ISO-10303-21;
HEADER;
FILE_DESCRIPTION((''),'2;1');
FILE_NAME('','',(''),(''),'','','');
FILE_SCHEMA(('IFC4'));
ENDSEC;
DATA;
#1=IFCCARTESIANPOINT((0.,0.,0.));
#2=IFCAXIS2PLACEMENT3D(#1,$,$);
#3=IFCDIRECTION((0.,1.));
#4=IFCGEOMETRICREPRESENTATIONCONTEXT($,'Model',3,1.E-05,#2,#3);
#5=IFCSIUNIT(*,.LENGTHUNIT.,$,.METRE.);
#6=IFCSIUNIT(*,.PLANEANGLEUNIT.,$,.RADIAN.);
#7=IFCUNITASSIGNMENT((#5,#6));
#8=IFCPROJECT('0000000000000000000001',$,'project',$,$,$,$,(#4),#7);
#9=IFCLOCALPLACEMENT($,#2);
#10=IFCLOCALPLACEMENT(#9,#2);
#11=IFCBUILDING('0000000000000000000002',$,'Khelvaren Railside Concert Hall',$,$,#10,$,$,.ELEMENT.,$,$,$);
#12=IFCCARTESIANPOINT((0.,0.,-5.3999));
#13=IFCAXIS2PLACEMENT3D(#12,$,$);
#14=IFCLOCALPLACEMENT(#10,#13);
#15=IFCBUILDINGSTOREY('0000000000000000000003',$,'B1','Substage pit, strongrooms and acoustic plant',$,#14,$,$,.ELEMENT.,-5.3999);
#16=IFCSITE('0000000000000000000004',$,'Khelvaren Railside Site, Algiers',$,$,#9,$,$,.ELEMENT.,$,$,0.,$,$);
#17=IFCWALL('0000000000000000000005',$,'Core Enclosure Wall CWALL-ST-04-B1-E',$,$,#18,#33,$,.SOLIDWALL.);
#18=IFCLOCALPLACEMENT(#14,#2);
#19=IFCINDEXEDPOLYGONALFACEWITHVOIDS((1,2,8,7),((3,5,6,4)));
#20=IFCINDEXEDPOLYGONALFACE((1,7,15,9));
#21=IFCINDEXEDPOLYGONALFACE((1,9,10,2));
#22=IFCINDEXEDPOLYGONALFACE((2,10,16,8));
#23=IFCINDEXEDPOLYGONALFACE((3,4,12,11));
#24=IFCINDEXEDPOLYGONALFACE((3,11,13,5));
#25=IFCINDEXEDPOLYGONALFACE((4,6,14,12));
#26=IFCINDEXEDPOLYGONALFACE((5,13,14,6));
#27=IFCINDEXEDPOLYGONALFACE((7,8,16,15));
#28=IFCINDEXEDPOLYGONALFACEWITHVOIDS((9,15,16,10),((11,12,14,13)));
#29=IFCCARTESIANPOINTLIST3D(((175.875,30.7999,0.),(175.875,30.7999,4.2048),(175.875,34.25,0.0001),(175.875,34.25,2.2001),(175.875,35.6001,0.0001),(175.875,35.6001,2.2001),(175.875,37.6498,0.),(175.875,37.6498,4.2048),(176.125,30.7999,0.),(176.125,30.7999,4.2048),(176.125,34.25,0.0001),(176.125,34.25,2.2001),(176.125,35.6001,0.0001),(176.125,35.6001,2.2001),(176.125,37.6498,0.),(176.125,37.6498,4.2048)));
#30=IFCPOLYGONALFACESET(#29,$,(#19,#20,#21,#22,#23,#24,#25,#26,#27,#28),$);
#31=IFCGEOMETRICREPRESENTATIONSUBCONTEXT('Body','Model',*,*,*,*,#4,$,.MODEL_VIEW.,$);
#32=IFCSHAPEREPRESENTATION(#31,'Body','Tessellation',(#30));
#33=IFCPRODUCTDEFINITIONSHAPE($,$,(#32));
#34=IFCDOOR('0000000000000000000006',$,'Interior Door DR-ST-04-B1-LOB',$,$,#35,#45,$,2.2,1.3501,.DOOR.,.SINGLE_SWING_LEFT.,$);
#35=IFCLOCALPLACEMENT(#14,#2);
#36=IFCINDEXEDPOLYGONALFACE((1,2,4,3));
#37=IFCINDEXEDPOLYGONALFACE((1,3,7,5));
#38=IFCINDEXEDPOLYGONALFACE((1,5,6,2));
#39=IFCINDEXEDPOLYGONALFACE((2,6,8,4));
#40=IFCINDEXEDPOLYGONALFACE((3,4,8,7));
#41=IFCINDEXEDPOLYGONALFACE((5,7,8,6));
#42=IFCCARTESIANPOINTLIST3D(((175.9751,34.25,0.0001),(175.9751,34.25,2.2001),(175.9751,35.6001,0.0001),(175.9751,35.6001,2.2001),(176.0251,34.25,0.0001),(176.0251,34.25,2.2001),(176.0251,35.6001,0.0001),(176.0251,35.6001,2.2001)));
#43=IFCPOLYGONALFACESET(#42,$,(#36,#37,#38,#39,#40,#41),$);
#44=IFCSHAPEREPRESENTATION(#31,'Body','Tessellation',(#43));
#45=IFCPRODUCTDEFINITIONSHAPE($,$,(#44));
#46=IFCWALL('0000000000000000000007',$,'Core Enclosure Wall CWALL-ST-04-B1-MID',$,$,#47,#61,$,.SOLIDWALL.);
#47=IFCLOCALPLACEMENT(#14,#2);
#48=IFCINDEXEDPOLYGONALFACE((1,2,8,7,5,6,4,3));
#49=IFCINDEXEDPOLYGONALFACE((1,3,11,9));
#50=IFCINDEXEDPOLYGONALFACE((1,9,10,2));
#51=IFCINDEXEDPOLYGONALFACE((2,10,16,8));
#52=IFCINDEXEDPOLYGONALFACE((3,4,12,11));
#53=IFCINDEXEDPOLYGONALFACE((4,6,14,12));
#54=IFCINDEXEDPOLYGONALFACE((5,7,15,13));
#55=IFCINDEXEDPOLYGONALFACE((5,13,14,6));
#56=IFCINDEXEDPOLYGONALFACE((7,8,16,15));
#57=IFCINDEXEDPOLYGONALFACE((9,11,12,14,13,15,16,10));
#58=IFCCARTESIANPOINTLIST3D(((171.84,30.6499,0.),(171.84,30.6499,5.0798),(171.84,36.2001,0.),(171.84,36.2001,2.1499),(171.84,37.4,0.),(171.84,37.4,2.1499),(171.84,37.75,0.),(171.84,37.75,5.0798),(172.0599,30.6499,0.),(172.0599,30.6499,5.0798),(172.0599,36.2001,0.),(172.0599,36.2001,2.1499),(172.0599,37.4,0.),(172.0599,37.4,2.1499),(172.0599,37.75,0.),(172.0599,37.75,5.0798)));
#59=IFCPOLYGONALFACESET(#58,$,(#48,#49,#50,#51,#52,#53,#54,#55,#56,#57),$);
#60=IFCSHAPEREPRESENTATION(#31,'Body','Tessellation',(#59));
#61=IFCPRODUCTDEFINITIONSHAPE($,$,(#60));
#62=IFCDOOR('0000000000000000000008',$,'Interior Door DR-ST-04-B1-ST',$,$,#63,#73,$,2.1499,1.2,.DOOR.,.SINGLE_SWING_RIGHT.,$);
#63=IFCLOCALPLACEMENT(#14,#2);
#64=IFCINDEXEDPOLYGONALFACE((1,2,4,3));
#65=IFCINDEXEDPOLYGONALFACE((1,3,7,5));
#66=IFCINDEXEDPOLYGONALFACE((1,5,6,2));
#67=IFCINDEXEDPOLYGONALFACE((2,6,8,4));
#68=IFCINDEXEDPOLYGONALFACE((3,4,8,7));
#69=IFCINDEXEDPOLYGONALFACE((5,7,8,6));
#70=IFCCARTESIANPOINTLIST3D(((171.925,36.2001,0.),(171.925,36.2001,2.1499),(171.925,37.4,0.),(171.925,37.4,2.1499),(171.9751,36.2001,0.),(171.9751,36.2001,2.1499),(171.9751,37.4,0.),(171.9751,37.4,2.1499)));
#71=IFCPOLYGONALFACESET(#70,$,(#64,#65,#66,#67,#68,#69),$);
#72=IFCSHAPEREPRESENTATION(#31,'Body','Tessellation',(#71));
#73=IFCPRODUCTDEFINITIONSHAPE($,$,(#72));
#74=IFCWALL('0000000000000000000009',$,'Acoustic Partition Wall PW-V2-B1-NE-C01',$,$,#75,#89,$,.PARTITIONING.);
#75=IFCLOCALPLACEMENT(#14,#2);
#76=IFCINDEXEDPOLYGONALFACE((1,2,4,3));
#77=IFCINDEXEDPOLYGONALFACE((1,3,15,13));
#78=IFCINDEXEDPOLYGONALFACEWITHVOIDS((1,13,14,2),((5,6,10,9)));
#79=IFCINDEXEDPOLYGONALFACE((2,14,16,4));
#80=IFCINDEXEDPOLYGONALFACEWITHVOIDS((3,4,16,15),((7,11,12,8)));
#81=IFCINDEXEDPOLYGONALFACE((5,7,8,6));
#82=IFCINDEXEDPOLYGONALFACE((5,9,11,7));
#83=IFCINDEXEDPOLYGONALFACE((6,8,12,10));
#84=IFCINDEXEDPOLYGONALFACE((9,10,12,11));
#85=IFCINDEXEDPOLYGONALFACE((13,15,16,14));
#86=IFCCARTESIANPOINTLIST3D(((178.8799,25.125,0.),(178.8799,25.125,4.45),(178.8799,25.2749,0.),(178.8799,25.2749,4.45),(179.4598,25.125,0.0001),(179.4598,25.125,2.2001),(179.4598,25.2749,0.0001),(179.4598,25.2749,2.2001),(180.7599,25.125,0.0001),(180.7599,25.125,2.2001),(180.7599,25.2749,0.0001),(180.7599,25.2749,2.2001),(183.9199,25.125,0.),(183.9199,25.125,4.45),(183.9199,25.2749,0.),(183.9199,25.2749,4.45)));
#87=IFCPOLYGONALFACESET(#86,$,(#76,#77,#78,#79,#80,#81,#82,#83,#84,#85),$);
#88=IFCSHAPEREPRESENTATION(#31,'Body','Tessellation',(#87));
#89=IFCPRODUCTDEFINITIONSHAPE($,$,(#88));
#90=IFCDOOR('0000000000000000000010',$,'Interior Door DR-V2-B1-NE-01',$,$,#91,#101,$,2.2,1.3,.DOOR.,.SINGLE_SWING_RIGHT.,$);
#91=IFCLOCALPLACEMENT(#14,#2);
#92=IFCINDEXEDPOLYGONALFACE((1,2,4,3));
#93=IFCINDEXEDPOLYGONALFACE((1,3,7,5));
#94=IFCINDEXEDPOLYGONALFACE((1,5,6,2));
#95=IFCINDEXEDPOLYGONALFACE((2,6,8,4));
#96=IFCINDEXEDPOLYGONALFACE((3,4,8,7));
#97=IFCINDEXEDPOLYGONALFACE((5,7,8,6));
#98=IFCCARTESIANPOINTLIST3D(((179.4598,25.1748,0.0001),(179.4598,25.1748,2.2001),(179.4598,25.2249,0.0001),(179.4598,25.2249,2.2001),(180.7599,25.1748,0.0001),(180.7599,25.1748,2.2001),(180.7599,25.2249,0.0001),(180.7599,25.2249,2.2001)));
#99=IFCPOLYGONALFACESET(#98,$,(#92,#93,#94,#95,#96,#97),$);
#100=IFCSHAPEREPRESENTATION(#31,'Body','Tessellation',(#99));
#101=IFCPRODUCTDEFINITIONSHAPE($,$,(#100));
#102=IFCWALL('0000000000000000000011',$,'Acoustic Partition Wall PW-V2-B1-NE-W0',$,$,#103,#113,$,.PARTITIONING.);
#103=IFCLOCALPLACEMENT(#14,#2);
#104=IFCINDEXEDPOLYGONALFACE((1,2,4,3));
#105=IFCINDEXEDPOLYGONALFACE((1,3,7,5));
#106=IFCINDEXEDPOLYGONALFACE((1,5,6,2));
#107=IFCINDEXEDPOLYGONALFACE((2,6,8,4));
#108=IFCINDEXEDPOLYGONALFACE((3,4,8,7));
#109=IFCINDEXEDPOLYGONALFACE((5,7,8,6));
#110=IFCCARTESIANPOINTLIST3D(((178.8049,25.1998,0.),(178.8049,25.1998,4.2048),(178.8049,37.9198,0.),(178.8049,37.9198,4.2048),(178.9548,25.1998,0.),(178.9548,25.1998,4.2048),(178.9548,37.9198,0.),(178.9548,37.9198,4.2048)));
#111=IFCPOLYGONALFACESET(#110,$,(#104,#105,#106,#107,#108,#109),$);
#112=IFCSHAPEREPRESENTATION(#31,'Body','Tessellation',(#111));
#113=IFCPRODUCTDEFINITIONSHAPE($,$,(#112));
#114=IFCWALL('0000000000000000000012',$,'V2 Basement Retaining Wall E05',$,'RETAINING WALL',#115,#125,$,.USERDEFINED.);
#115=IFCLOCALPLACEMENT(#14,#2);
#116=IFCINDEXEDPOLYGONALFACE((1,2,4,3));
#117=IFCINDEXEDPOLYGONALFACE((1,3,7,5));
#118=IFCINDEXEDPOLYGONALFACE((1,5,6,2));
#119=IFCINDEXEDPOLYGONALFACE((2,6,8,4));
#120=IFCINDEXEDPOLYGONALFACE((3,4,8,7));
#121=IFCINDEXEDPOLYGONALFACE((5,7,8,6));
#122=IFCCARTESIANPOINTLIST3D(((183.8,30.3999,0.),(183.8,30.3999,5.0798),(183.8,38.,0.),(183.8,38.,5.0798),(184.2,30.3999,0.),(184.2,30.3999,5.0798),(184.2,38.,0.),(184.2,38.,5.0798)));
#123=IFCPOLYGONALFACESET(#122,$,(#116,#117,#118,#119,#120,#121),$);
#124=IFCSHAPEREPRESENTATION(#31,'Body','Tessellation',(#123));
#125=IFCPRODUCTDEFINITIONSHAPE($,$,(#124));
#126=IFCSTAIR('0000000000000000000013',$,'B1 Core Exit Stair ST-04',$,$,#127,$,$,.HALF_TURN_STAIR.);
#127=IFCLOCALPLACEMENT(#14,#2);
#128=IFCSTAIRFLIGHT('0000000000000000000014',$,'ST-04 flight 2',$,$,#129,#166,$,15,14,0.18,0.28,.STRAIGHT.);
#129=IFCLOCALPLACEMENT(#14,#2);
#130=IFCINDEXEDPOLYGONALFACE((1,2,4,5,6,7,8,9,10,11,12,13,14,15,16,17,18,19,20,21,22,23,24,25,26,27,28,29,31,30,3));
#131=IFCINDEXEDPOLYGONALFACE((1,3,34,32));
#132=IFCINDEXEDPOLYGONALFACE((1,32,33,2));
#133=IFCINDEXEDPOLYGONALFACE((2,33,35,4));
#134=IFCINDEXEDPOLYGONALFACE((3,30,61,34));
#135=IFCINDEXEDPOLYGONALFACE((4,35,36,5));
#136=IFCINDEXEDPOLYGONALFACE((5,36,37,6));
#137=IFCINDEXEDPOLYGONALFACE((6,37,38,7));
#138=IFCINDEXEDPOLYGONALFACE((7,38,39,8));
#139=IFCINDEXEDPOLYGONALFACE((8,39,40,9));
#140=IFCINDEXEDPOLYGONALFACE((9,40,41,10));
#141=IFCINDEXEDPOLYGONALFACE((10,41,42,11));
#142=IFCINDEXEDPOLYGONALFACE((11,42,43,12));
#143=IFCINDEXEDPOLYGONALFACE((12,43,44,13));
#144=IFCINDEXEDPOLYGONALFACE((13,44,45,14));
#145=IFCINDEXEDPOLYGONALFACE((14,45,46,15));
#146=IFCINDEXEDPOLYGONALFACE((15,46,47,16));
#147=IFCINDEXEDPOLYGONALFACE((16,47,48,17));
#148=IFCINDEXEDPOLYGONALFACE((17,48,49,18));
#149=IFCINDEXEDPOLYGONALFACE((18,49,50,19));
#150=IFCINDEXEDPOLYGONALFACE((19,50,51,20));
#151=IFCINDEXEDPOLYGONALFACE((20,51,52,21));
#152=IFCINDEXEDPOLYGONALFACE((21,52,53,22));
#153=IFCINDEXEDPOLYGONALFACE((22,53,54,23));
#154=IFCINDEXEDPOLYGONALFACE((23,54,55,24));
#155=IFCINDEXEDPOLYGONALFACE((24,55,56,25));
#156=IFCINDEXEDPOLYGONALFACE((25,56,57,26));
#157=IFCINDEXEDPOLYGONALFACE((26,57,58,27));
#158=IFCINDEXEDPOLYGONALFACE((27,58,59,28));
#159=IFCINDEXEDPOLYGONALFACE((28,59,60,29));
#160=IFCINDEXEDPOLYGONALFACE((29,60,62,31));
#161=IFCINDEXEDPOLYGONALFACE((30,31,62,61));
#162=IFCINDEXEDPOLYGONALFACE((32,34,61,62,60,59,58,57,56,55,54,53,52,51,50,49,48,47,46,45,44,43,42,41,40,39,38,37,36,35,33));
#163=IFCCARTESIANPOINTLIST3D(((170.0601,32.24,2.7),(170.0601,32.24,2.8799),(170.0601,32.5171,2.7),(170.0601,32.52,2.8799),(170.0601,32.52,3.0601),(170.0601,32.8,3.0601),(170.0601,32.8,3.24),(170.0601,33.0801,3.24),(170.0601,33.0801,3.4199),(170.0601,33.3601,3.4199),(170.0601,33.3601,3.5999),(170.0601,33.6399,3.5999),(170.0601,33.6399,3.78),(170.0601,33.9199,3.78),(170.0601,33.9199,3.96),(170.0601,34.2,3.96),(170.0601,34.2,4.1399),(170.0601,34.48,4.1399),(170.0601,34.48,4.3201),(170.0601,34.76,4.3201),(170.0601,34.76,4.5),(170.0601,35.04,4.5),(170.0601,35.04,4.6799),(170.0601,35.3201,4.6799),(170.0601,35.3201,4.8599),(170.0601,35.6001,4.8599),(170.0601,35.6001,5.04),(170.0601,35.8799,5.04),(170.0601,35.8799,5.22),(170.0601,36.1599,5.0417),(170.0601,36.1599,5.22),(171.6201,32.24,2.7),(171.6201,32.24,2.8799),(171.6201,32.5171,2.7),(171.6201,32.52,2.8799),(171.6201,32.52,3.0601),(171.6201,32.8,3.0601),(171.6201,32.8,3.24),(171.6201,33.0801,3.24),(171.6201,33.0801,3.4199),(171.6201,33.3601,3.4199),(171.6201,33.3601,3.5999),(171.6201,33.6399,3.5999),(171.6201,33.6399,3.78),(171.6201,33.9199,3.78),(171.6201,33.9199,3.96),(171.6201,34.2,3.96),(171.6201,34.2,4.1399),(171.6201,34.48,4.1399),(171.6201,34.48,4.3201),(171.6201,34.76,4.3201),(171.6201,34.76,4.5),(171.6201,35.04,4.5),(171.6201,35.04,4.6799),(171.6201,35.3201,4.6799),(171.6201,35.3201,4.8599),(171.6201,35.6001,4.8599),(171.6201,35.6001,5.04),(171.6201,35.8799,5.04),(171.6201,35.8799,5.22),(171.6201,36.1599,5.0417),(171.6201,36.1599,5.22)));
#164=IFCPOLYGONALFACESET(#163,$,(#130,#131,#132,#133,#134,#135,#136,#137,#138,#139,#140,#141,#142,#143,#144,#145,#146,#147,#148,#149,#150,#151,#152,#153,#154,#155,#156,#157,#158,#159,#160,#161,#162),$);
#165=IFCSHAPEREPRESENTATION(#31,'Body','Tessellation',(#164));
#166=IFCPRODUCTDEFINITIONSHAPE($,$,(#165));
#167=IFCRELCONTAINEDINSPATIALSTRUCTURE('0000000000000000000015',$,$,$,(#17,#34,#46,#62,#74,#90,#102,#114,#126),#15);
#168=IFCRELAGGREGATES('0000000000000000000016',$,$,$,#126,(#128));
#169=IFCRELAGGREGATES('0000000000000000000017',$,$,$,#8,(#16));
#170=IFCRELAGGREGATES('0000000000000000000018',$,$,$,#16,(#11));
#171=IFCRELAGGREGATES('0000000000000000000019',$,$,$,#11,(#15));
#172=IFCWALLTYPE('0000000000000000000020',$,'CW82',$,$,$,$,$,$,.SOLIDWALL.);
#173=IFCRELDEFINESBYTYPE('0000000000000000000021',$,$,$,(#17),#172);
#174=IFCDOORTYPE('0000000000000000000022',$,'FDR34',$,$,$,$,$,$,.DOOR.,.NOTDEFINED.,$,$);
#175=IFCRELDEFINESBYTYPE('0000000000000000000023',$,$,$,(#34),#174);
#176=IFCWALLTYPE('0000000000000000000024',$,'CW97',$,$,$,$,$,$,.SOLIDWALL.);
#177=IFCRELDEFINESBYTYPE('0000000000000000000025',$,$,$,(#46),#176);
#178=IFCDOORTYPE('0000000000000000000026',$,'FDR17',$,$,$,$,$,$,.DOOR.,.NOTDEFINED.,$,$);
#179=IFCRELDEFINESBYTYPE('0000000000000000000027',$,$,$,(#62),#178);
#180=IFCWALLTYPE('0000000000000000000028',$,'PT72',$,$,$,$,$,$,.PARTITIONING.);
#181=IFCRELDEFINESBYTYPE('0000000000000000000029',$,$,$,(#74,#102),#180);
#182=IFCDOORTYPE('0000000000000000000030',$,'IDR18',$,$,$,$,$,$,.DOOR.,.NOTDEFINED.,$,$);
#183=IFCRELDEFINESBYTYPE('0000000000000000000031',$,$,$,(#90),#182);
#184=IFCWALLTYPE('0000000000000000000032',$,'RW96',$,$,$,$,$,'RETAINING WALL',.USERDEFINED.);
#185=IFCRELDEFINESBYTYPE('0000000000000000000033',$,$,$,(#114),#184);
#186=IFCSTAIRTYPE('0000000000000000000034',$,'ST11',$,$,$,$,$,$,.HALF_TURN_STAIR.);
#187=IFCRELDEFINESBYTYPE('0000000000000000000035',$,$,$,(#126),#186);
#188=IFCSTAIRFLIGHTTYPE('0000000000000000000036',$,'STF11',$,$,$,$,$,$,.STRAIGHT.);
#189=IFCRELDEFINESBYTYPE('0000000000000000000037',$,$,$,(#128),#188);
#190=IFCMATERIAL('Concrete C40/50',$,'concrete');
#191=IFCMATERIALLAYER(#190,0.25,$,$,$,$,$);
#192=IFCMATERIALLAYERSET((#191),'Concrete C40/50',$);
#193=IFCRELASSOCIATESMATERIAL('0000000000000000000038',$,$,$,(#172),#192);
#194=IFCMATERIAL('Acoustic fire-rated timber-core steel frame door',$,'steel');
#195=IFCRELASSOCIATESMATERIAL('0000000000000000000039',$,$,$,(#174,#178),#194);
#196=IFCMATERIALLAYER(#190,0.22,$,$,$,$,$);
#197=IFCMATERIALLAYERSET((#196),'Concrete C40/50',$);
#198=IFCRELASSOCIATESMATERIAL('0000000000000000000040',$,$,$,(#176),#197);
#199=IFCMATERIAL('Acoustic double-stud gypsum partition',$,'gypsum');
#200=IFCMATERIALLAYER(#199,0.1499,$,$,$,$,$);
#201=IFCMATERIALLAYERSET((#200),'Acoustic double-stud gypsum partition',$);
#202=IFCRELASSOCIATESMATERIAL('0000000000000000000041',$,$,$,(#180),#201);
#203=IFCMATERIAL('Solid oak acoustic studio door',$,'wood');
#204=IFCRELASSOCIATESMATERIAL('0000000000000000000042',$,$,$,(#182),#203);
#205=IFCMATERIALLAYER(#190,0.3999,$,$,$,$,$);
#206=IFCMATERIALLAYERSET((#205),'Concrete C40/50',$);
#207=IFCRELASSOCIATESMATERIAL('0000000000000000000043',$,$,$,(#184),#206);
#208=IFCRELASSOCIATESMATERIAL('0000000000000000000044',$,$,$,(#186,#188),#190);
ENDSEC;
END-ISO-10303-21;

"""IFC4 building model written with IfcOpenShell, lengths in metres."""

from ifc_helpers import new_model, si_unit, direction, frame, frame_2d, origin, place, context, subcontext, project, spatial, polyline, rectangle, outline, extrude, material, layer, layer_set, type_object, element, fill, aggregate, save


model = new_model("IFC4")

# Units and contexts
model_context = context("Model", 3, precision=1e-05, world=origin(), true_north=direction((0.0, 1.0)))
body_context = subcontext(model_context, "Body", "Model", "MODEL_VIEW")
ifc_project = project(units=[si_unit("LENGTHUNIT", "METRE"), si_unit("PLANEANGLEUNIT", "RADIAN")], contexts=[model_context])

# Site, building, storey
site_placement = place(None, origin())
site = spatial("IfcSite", under=ifc_project, at=site_placement, Name="Khelvaren Railside Site, Algiers", CompositionType="ELEMENT", RefElevation=0.0)
building_placement = place(site_placement, origin())
building = spatial("IfcBuilding", under=site, at=building_placement, Name="Khelvaren Railside Concert Hall", CompositionType="ELEMENT")
storey_placement = place(building_placement, frame((0.0, 0.0, -5.3999)))
storey = spatial("IfcBuildingStorey", under=building, at=storey_placement, Name="B1", Description="Substage pit, strongrooms and acoustic plant", CompositionType="ELEMENT", Elevation=-5.3999)

# Walls, openings, doors
ifc_material_1 = material(Name="Concrete C40/50", Category="concrete")
ifc_layer_1 = layer(ifc_material_1, 0.25)
ifc_layer_set_1 = layer_set([ifc_layer_1], Name="Concrete C40/50")
wall_type_1 = type_object("IfcWallType", Name="CW82", PredefinedType="SOLIDWALL", material=ifc_layer_set_1)
wall_1_placement = place(storey_placement, frame((176.0, 30.8, 0.0), z_axis=(0.0, 0.0, 1.0), x_axis=(0.0, 1.0, 0.0)))
wall_1 = element("IfcWall", 1, at=wall_1_placement, inside=storey, type_object=wall_type_1, Name="Core Enclosure Wall CWALL-ST-04-B1-E", PredefinedType="SOLIDWALL", context=body_context, shape_type="SweptSolid", body=[
    extrude(rectangle(XDim=6.8499, YDim=0.25, at=frame_2d((3.4248, 0.0))), origin(), (0.0, 0.0, 1.0), 4.2048),
])
opening_1_placement = place(wall_1_placement, frame((3.45, 0.0, 0.0)))
opening_1 = element("IfcOpeningElement", 2, at=opening_1_placement, cuts=wall_1, PredefinedType="OPENING", context=body_context, shape_type="SweptSolid", body=[
    extrude(rectangle(XDim=1.3501, YDim=2.2, at=frame_2d((0.675, 1.1001))), frame((0.0, 0.135, 0.0), z_axis=(0.0, -1.0, 0.0), x_axis=(1.0, 0.0, 0.0)), (0.0, 0.0, 1.0), 0.27),
])
ifc_material_2 = material(Name="Acoustic fire-rated timber-core steel frame door", Category="steel")
door_type_1 = type_object("IfcDoorType", Name="FDR34", OperationType="NOTDEFINED", PredefinedType="DOOR", material=ifc_material_2)
door_1_placement = place(opening_1_placement, origin())
door_1 = element("IfcDoor", 3, at=door_1_placement, inside=storey, type_object=door_type_1, Name="Interior Door DR-ST-04-B1-LOB", OperationType="SINGLE_SWING_LEFT", OverallHeight=2.2, OverallWidth=1.3501, PredefinedType="DOOR", context=body_context, shape_type="SweptSolid", body=[
    extrude(rectangle(XDim=1.3501, YDim=2.2, at=frame_2d((0.675, 1.1001))), frame((0.0, 0.0249, 0.0), z_axis=(0.0, -1.0, 0.0), x_axis=(1.0, 0.0, 0.0)), (0.0, 0.0, 1.0), 0.05),
])
fill(opening_1, door_1)
ifc_layer_2 = layer(ifc_material_1, 0.22)
ifc_layer_set_2 = layer_set([ifc_layer_2], Name="Concrete C40/50")
wall_type_2 = type_object("IfcWallType", Name="CW97", PredefinedType="SOLIDWALL", material=ifc_layer_set_2)
wall_2_placement = place(storey_placement, frame((171.95, 30.6499, 0.0), z_axis=(0.0, 0.0, 1.0), x_axis=(0.0, 1.0, 0.0)))
wall_2 = element("IfcWall", 4, at=wall_2_placement, inside=storey, type_object=wall_type_2, Name="Core Enclosure Wall CWALL-ST-04-B1-MID", PredefinedType="SOLIDWALL", context=body_context, shape_type="SweptSolid", body=[
    extrude(rectangle(XDim=7.1001, YDim=0.22, at=frame_2d((3.55, 0.0))), origin(), (0.0, 0.0, 1.0), 5.0798),
])
opening_2_placement = place(wall_2_placement, frame((5.55, 0.0, 0.0)))
opening_2 = element("IfcOpeningElement", 5, at=opening_2_placement, cuts=wall_2, PredefinedType="OPENING", context=body_context, shape_type="SweptSolid", body=[
    extrude(rectangle(XDim=1.2, YDim=2.1499, at=frame_2d((0.6001, 1.075))), frame((0.0, 0.1199, 0.0), z_axis=(0.0, -1.0, 0.0), x_axis=(1.0, 0.0, 0.0)), (0.0, 0.0, 1.0), 0.24),
])
door_type_2 = type_object("IfcDoorType", Name="FDR17", OperationType="NOTDEFINED", PredefinedType="DOOR", material=ifc_material_2)
door_2_placement = place(opening_2_placement, origin())
door_2 = element("IfcDoor", 6, at=door_2_placement, inside=storey, type_object=door_type_2, Name="Interior Door DR-ST-04-B1-ST", OperationType="SINGLE_SWING_RIGHT", OverallHeight=2.1499, OverallWidth=1.2, PredefinedType="DOOR", context=body_context, shape_type="SweptSolid", body=[
    extrude(rectangle(XDim=1.2, YDim=2.1499, at=frame_2d((0.6001, 1.075))), frame((0.0, 0.0249, 0.0), z_axis=(0.0, -1.0, 0.0), x_axis=(1.0, 0.0, 0.0)), (0.0, 0.0, 1.0), 0.05),
])
fill(opening_2, door_2)
ifc_material_3 = material(Name="Acoustic double-stud gypsum partition", Category="gypsum")
ifc_layer_3 = layer(ifc_material_3, 0.1499)
ifc_layer_set_3 = layer_set([ifc_layer_3], Name="Acoustic double-stud gypsum partition")
wall_type_3 = type_object("IfcWallType", Name="PT72", PredefinedType="PARTITIONING", material=ifc_layer_set_3)
wall_3_placement = place(storey_placement, frame((178.8799, 25.2, 0.0), z_axis=(0.0, 0.0, 1.0), x_axis=(1.0, 0.0, 0.0)))
wall_3 = element("IfcWall", 7, at=wall_3_placement, inside=storey, type_object=wall_type_3, Name="Acoustic Partition Wall PW-V2-B1-NE-C01", PredefinedType="PARTITIONING", context=body_context, shape_type="SweptSolid", body=[
    extrude(rectangle(XDim=5.04, YDim=0.1499, at=frame_2d((2.52, 0.0))), origin(), (0.0, 0.0, 1.0), 4.45),
])
opening_3_placement = place(wall_3_placement, frame((0.5801, 0.0, 0.0)))
opening_3 = element("IfcOpeningElement", 8, at=opening_3_placement, cuts=wall_3, PredefinedType="OPENING", context=body_context, shape_type="SweptSolid", body=[
    extrude(rectangle(XDim=1.3, YDim=2.2, at=frame_2d((0.6499, 1.1001))), frame((0.0, 0.085, 0.0), z_axis=(0.0, -1.0, 0.0), x_axis=(1.0, 0.0, 0.0)), (0.0, 0.0, 1.0), 0.1699),
])
ifc_material_4 = material(Name="Solid oak acoustic studio door", Category="wood")
door_type_3 = type_object("IfcDoorType", Name="IDR18", OperationType="NOTDEFINED", PredefinedType="DOOR", material=ifc_material_4)
door_3_placement = place(opening_3_placement, origin())
door_3 = element("IfcDoor", 9, at=door_3_placement, inside=storey, type_object=door_type_3, Name="Interior Door DR-V2-B1-NE-01", OperationType="SINGLE_SWING_RIGHT", OverallHeight=2.2, OverallWidth=1.3, PredefinedType="DOOR", context=body_context, shape_type="SweptSolid", body=[
    extrude(rectangle(XDim=1.3, YDim=2.2, at=frame_2d((0.6499, 1.1001))), frame((0.0, 0.0249, 0.0), z_axis=(0.0, -1.0, 0.0), x_axis=(1.0, 0.0, 0.0)), (0.0, 0.0, 1.0), 0.05),
])
fill(opening_3, door_3)

# Walls
wall_4_placement = place(storey_placement, frame((178.8799, 25.2, 0.0), z_axis=(0.0, 0.0, 1.0), x_axis=(0.0, 1.0, 0.0)))
element("IfcWall", 10, at=wall_4_placement, inside=storey, type_object=wall_type_3, Name="Acoustic Partition Wall PW-V2-B1-NE-W0", PredefinedType="PARTITIONING", context=body_context, shape_type="SweptSolid", body=[
    extrude(rectangle(XDim=12.72, YDim=0.1499, at=frame_2d((6.3599, 0.0))), origin(), (0.0, 0.0, 1.0), 4.2048),
])
ifc_layer_4 = layer(ifc_material_1, 0.3999)
ifc_layer_set_4 = layer_set([ifc_layer_4], Name="Concrete C40/50")
wall_type_4 = type_object("IfcWallType", Name="RW96", ElementType="RETAINING WALL", PredefinedType="USERDEFINED", material=ifc_layer_set_4)
wall_5_placement = place(storey_placement, frame((184.0, 30.3999, 0.0), z_axis=(0.0, 0.0, 1.0), x_axis=(0.0, 1.0, 0.0)))
element("IfcWall", 11, at=wall_5_placement, inside=storey, type_object=wall_type_4, Name="V2 Basement Retaining Wall E05", ObjectType="RETAINING WALL", PredefinedType="USERDEFINED", context=body_context, shape_type="SweptSolid", body=[
    extrude(rectangle(XDim=7.6001, YDim=0.3999, at=frame_2d((3.8, 0.0))), origin(), (0.0, 0.0, 1.0), 5.0798),
])

# Stair, stair flight
stair_type = type_object("IfcStairType", Name="ST11", PredefinedType="HALF_TURN_STAIR", material=ifc_material_1)
stair_placement = place(storey_placement, origin())
stair = element("IfcStair", 12, at=stair_placement, inside=storey, type_object=stair_type, Name="B1 Core Exit Stair ST-04", PredefinedType="HALF_TURN_STAIR")
stair_flight_type = type_object("IfcStairFlightType", Name="STF11", PredefinedType="STRAIGHT", material=ifc_material_1)
stair_flight_placement = place(storey_placement, frame((170.8401, 32.24, 2.7), z_axis=(0.0, 0.0, 1.0), x_axis=(0.0, 1.0, 0.0)))
stair_flight = element("IfcStairFlight", 13, at=stair_flight_placement, type_object=stair_flight_type, Name="ST-04 flight 2", NumberOfRisers=15, NumberOfTreads=14, PredefinedType="STRAIGHT", RiserHeight=0.18, TreadLength=0.28, context=body_context, shape_type="SweptSolid", body=[
    extrude(outline(polyline([(0.0, 0.0), (0.0, 0.1799), (0.28, 0.1799), (0.28, 0.3601), (0.5601, 0.3601), (0.5601, 0.54), (0.8401, 0.54), (0.8401, 0.72), (1.1201, 0.72), (1.1201, 0.8999), (1.3999, 0.8999), (1.3999, 1.0801), (1.6799, 1.0801), (1.6799, 1.26), (1.96, 1.26), (1.96, 1.4399), (2.24, 1.4399), (2.24, 1.6201), (2.52, 1.6201), (2.52, 1.8), (2.8, 1.8), (2.8, 1.98), (3.0801, 1.98), (3.0801, 2.1599), (3.3601, 2.1599), (3.3601, 2.3401), (3.6399, 2.3401), (3.6399, 2.52), (3.9199, 2.52), (3.9199, 2.7), (3.9199, 2.3418), (0.2771, 0.0), (0.0, 0.0)])), frame((0.0, 0.78, 0.0), z_axis=(0.0, -1.0, 0.0), x_axis=(1.0, 0.0, 0.0)), (0.0, 0.0, 1.0), 1.5601),
])
aggregate(stair, [stair_flight])

save(model, "model.ifc")
